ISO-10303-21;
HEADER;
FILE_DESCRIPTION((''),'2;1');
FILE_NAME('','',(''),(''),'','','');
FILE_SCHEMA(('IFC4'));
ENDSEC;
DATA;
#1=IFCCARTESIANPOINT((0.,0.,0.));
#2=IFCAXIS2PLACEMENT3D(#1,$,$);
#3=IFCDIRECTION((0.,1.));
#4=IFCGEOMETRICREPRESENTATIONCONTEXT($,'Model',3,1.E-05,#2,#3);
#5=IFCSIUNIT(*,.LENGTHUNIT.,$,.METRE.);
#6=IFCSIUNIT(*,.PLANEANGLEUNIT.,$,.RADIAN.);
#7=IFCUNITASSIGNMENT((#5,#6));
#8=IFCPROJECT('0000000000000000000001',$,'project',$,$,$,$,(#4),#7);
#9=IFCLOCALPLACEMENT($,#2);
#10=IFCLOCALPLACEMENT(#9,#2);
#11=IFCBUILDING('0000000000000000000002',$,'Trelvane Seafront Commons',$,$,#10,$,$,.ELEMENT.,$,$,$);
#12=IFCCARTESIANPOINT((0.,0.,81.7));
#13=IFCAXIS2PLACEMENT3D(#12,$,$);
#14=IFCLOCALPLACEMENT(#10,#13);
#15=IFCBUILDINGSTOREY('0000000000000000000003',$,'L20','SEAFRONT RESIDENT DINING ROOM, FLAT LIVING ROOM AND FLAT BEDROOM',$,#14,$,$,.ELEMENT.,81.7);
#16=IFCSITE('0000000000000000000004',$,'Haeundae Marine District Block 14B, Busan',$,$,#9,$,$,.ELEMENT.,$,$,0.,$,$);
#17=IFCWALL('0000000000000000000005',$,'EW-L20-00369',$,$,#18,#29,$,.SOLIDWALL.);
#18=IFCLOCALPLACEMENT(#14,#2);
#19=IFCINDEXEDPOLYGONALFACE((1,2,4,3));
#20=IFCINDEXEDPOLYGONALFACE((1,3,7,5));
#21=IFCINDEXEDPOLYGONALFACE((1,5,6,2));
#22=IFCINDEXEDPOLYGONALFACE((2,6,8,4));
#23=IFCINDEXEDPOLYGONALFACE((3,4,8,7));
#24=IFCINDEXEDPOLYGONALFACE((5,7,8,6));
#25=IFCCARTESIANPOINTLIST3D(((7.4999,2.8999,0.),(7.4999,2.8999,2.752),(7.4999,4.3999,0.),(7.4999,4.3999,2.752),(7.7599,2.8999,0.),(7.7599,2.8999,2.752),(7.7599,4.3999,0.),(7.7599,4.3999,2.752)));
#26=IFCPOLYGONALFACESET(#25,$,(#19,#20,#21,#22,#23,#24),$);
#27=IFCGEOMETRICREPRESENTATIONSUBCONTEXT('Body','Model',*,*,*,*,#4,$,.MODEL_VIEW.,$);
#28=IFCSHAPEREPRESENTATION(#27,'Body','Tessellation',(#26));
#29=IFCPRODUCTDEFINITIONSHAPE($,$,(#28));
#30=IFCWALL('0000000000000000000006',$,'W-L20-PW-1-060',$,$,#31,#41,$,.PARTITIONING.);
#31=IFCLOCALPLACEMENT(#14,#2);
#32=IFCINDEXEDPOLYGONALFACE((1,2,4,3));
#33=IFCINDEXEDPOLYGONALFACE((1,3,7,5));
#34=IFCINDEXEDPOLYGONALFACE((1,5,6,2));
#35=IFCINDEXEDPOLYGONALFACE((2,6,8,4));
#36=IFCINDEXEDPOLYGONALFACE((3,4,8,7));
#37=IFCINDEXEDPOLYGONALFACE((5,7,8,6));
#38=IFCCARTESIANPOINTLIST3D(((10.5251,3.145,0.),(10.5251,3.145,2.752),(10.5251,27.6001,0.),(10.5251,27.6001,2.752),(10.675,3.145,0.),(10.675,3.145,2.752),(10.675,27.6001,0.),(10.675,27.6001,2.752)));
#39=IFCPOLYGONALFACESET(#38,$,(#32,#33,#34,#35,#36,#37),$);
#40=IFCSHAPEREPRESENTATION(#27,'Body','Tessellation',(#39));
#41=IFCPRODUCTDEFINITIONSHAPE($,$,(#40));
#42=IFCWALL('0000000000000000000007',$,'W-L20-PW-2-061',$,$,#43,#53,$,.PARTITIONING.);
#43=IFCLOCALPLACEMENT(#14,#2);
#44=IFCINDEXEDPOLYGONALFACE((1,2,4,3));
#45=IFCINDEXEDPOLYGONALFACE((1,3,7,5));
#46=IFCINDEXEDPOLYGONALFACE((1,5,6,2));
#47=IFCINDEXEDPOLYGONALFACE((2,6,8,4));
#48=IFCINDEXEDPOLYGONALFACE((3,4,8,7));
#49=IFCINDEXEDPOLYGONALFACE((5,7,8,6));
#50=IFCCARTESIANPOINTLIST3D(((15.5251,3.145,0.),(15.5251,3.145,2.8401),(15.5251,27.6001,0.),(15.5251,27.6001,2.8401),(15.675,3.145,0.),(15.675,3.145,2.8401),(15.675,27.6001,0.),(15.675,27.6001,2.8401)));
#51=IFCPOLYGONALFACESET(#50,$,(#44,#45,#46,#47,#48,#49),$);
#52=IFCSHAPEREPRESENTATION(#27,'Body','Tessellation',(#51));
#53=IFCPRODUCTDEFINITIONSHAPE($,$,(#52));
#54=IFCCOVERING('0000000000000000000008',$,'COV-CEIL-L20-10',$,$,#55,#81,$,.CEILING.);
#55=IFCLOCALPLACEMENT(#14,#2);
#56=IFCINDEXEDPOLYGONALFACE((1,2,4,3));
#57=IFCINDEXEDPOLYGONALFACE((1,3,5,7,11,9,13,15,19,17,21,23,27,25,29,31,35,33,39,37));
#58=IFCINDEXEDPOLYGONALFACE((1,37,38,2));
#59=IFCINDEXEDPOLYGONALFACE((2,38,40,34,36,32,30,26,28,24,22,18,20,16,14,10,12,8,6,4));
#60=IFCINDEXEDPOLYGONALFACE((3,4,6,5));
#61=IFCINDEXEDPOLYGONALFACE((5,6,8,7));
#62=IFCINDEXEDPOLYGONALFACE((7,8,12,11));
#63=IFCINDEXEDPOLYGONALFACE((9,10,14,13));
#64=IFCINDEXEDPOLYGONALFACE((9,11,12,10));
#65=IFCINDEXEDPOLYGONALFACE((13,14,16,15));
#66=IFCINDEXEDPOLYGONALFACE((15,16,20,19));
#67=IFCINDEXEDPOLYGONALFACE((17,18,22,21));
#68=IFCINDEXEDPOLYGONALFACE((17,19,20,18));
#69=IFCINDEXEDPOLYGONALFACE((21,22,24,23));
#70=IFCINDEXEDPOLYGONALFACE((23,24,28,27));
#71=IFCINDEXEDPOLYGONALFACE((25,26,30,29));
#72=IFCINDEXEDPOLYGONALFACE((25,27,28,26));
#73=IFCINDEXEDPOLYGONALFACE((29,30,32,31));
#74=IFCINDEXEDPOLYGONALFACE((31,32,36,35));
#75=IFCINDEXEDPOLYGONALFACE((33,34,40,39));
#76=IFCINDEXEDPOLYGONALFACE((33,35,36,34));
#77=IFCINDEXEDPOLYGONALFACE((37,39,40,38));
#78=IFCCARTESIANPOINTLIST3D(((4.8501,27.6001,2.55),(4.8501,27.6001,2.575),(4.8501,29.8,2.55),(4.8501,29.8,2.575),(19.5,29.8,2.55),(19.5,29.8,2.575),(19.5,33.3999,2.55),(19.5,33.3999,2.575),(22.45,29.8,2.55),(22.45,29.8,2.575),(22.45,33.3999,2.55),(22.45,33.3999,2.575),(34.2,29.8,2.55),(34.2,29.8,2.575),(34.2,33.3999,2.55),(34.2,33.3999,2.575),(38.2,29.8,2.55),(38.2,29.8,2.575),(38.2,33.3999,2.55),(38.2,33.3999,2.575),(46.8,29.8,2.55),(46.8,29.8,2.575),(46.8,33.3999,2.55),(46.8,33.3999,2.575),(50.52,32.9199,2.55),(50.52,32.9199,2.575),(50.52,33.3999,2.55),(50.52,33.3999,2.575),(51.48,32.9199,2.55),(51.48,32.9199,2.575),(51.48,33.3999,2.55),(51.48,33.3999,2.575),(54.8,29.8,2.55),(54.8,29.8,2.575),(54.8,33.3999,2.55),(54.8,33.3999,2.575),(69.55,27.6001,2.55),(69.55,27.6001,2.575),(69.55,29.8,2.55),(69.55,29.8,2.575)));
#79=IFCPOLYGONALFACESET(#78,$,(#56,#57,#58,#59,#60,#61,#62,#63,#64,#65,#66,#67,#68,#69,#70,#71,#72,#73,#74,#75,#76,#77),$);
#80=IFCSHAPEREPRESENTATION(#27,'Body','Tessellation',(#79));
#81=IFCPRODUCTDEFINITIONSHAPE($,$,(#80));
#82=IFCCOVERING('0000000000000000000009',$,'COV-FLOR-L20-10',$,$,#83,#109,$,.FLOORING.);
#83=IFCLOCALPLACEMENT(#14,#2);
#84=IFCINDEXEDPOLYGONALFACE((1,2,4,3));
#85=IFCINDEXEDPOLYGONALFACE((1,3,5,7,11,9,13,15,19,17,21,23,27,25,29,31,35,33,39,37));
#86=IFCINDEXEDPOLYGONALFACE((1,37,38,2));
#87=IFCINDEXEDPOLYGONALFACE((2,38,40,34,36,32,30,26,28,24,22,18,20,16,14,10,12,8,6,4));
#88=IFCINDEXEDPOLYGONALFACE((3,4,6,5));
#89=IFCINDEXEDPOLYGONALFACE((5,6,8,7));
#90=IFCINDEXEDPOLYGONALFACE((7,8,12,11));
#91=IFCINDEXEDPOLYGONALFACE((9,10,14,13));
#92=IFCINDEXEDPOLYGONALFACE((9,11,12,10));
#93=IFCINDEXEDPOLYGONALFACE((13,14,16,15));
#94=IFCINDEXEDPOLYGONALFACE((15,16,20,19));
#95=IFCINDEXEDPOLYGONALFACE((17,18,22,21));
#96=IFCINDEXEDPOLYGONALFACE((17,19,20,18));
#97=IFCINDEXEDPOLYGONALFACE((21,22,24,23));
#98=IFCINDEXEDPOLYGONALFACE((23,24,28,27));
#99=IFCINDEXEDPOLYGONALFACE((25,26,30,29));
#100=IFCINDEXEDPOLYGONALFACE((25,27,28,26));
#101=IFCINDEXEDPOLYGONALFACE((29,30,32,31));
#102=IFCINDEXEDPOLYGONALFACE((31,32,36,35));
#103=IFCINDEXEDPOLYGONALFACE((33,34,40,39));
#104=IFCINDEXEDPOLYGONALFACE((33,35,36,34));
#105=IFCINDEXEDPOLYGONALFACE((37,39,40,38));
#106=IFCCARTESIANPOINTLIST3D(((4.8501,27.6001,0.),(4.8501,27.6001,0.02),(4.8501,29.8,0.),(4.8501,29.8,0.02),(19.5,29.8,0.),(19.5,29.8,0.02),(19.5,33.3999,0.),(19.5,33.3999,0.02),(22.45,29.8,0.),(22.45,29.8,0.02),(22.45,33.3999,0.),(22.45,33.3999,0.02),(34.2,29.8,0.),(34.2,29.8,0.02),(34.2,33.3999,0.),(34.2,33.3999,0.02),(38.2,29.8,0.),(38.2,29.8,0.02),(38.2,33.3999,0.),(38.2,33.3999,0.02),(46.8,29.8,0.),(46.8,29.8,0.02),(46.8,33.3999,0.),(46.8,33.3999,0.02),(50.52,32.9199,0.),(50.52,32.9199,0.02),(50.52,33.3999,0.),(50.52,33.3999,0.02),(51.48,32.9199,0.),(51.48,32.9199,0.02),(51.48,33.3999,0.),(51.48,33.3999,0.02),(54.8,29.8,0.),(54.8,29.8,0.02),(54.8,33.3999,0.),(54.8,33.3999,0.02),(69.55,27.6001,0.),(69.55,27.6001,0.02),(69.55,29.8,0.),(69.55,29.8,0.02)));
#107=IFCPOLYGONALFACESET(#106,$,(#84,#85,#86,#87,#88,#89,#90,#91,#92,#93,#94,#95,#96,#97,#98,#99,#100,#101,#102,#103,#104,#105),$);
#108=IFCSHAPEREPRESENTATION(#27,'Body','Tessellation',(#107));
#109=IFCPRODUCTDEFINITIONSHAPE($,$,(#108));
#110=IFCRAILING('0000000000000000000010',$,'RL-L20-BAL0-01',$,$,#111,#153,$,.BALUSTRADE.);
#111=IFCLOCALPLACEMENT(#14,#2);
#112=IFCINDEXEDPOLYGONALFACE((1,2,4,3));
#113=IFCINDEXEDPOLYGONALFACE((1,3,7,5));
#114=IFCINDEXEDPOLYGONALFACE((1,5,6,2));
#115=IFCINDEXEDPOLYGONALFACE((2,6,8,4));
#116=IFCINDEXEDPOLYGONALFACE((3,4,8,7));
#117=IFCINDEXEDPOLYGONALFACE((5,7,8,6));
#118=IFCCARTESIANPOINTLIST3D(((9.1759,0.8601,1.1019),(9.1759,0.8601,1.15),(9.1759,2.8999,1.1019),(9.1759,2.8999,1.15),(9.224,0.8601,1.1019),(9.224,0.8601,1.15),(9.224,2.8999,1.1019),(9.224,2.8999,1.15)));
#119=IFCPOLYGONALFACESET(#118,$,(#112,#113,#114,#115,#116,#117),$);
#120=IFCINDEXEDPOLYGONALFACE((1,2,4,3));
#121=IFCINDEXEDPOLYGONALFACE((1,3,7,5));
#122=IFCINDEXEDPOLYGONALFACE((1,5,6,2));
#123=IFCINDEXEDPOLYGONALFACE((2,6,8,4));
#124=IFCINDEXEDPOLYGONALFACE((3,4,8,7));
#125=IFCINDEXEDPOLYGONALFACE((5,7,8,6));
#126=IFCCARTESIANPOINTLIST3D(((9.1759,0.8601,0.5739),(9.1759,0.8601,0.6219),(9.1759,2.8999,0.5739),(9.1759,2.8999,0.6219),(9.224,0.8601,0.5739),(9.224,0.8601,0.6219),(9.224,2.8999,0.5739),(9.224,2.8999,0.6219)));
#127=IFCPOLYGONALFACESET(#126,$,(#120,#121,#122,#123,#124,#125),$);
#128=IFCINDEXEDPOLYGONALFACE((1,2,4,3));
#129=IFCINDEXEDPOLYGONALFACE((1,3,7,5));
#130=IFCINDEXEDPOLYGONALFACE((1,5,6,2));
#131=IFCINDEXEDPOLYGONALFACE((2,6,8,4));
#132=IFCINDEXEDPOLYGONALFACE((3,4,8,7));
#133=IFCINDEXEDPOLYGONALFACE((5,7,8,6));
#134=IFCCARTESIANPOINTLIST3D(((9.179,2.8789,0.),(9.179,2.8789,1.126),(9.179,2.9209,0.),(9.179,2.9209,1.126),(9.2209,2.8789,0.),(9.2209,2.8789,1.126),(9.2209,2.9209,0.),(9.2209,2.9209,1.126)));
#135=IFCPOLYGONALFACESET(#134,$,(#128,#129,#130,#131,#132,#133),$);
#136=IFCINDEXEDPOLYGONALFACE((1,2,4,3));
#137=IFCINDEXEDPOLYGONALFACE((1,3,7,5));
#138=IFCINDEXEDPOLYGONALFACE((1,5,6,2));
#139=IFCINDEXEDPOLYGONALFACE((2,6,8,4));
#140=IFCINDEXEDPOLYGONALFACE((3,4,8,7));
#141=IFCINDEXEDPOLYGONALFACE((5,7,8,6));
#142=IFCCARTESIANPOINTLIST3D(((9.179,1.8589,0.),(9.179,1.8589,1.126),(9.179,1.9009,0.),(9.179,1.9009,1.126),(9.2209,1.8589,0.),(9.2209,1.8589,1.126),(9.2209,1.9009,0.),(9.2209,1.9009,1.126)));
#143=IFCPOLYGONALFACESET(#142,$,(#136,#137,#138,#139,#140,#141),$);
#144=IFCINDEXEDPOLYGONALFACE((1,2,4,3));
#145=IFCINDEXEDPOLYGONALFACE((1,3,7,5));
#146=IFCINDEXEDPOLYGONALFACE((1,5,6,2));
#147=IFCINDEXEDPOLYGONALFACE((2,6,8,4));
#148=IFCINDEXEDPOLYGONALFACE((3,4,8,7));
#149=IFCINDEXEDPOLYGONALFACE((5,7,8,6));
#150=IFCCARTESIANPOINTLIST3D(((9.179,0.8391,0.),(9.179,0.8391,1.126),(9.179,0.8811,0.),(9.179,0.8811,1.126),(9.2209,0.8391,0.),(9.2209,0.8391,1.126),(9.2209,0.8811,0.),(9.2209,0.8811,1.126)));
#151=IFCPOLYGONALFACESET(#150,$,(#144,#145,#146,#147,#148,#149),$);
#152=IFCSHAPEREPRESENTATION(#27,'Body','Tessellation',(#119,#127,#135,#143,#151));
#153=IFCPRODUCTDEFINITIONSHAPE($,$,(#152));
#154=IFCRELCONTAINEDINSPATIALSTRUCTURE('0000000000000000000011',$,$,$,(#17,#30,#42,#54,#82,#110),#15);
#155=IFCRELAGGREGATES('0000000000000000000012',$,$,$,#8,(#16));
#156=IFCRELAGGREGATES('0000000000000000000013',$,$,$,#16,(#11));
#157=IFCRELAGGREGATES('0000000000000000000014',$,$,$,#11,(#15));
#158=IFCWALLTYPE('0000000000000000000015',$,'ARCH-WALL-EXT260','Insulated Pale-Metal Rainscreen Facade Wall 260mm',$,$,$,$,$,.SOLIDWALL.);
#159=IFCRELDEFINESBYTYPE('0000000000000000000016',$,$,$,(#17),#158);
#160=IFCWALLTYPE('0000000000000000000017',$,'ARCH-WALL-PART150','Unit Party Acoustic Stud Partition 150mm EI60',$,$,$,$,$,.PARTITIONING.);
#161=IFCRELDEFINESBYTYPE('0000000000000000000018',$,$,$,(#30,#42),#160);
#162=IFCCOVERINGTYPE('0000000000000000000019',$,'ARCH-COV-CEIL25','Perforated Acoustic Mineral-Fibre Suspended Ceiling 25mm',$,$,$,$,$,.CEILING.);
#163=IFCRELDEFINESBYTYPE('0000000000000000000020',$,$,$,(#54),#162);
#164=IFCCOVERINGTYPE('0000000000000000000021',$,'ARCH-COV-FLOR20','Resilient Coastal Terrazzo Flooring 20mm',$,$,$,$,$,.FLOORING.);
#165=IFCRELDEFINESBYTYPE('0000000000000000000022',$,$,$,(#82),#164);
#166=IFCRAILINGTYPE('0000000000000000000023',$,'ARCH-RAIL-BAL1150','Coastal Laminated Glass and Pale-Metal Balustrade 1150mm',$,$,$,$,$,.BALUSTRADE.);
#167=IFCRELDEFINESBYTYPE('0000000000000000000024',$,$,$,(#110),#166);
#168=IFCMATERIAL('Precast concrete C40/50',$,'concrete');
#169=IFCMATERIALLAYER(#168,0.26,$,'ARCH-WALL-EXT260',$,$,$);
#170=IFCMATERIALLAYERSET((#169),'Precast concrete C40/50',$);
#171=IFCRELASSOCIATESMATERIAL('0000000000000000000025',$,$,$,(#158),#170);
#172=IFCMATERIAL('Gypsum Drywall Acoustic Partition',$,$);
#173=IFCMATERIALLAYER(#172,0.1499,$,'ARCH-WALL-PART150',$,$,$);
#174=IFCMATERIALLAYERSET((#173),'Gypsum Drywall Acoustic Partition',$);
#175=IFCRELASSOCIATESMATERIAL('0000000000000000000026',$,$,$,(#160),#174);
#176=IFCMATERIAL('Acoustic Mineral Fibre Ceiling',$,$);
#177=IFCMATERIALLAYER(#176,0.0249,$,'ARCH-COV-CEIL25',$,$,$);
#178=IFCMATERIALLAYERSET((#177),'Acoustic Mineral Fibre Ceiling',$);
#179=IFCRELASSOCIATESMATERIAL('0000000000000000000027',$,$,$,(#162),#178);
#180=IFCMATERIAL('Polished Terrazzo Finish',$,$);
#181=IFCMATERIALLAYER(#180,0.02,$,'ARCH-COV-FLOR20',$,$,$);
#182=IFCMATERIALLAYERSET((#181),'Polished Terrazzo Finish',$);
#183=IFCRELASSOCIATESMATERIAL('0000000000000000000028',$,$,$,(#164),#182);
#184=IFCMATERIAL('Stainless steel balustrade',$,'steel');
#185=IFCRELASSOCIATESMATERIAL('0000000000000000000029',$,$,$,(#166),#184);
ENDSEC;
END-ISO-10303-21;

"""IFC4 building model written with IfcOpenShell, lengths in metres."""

from ifc_helpers import new_model, si_unit, direction, frame, frame_2d, origin, origin_2d, place, context, subcontext, project, spatial, polyline, rectangle, outline, extrude, material, layer, layer_set, type_object, element, save


model = new_model("IFC4")

# Units and contexts
model_context = context("Model", 3, precision=1e-05, world=origin(), true_north=direction((0.0, 1.0)))
body_context = subcontext(model_context, "Body", "Model", "MODEL_VIEW")
ifc_project = project(units=[si_unit("LENGTHUNIT", "METRE"), si_unit("PLANEANGLEUNIT", "RADIAN")], contexts=[model_context])

# Site, building, storey
site_placement = place(None, origin())
site = spatial("IfcSite", under=ifc_project, at=site_placement, Name="Haeundae Marine District Block 14B, Busan", CompositionType="ELEMENT", RefElevation=0.0)
building_placement = place(site_placement, origin())
building = spatial("IfcBuilding", under=site, at=building_placement, Name="Trelvane Seafront Commons", CompositionType="ELEMENT")
storey_placement = place(building_placement, frame((0.0, 0.0, 81.7)))
storey = spatial("IfcBuildingStorey", under=building, at=storey_placement, Name="L20", Description="SEAFRONT RESIDENT DINING ROOM, FLAT LIVING ROOM AND FLAT BEDROOM", CompositionType="ELEMENT", Elevation=81.7)

# Walls
ifc_material_1 = material(Name="Precast concrete C40/50", Category="concrete")
ifc_layer_1 = layer(ifc_material_1, 0.26, Name="ARCH-WALL-EXT260")
ifc_layer_set_1 = layer_set([ifc_layer_1], Name="Precast concrete C40/50")
wall_type_1 = type_object("IfcWallType", Name="ARCH-WALL-EXT260", Description="Insulated Pale-Metal Rainscreen Facade Wall 260mm", PredefinedType="SOLIDWALL", material=ifc_layer_set_1)
wall_1_placement = place(storey_placement, frame((7.6299, 2.8999, 0.0), z_axis=(0.0, 0.0, 1.0), x_axis=(0.0, 1.0, 0.0)))
element("IfcWall", 1, at=wall_1_placement, inside=storey, type_object=wall_type_1, Name="EW-L20-00369", PredefinedType="SOLIDWALL", context=body_context, shape_type="SweptSolid", body=[
    extrude(rectangle(XDim=1.5, YDim=0.26, at=frame_2d((0.75, 0.0))), origin(), (0.0, 0.0, 1.0), 2.752),
])
ifc_material_2 = material(Name="Gypsum Drywall Acoustic Partition")
ifc_layer_2 = layer(ifc_material_2, 0.1499, Name="ARCH-WALL-PART150")
ifc_layer_set_2 = layer_set([ifc_layer_2], Name="Gypsum Drywall Acoustic Partition")
wall_type_2 = type_object("IfcWallType", Name="ARCH-WALL-PART150", Description="Unit Party Acoustic Stud Partition 150mm EI60", PredefinedType="PARTITIONING", material=ifc_layer_set_2)
wall_2_placement = place(storey_placement, frame((10.6001, 3.145, 0.0), z_axis=(0.0, 0.0, 1.0), x_axis=(0.0, 1.0, 0.0)))
element("IfcWall", 2, at=wall_2_placement, inside=storey, type_object=wall_type_2, Name="W-L20-PW-1-060", PredefinedType="PARTITIONING", context=body_context, shape_type="SweptSolid", body=[
    extrude(rectangle(XDim=24.4551, YDim=0.1499, at=frame_2d((12.2275, 0.0))), origin(), (0.0, 0.0, 1.0), 2.752),
])
wall_3_placement = place(storey_placement, frame((15.6001, 3.145, 0.0), z_axis=(0.0, 0.0, 1.0), x_axis=(0.0, 1.0, 0.0)))
element("IfcWall", 3, at=wall_3_placement, inside=storey, type_object=wall_type_2, Name="W-L20-PW-2-061", PredefinedType="PARTITIONING", context=body_context, shape_type="SweptSolid", body=[
    extrude(rectangle(XDim=24.4551, YDim=0.1499, at=frame_2d((12.2275, 0.0))), origin(), (0.0, 0.0, 1.0), 2.8401),
])

# Coverings
ifc_material_3 = material(Name="Acoustic Mineral Fibre Ceiling")
ifc_layer_3 = layer(ifc_material_3, 0.0249, Name="ARCH-COV-CEIL25")
ifc_layer_set_3 = layer_set([ifc_layer_3], Name="Acoustic Mineral Fibre Ceiling")
covering_type_1 = type_object("IfcCoveringType", Name="ARCH-COV-CEIL25", Description="Perforated Acoustic Mineral-Fibre Suspended Ceiling 25mm", PredefinedType="CEILING", material=ifc_layer_set_3)
covering_1_placement = place(storey_placement, frame((0.0, 0.0, 2.55)))
element("IfcCovering", 4, at=covering_1_placement, inside=storey, type_object=covering_type_1, Name="COV-CEIL-L20-10", PredefinedType="CEILING", context=body_context, shape_type="SweptSolid", body=[
    extrude(outline(polyline([(51.48, 33.3999), (51.48, 32.9199), (50.52, 32.9199), (50.52, 33.3999), (46.8, 33.3999), (46.8, 29.8), (38.2, 29.8), (38.2, 33.3999), (34.2, 33.3999), (34.2, 29.8), (22.45, 29.8), (22.45, 33.3999), (19.5, 33.3999), (19.5, 29.8), (4.8501, 29.8), (4.8501, 27.6001), (69.55, 27.6001), (69.55, 29.8), (54.8, 29.8), (54.8, 33.3999), (51.48, 33.3999)])), origin(), (0.0, 0.0, 1.0), 0.0249),
])
ifc_material_4 = material(Name="Polished Terrazzo Finish")
ifc_layer_4 = layer(ifc_material_4, 0.02, Name="ARCH-COV-FLOR20")
ifc_layer_set_4 = layer_set([ifc_layer_4], Name="Polished Terrazzo Finish")
covering_type_2 = type_object("IfcCoveringType", Name="ARCH-COV-FLOR20", Description="Resilient Coastal Terrazzo Flooring 20mm", PredefinedType="FLOORING", material=ifc_layer_set_4)
covering_2_placement = place(storey_placement, origin())
element("IfcCovering", 5, at=covering_2_placement, inside=storey, type_object=covering_type_2, Name="COV-FLOR-L20-10", PredefinedType="FLOORING", context=body_context, shape_type="SweptSolid", body=[
    extrude(outline(polyline([(51.48, 33.3999), (51.48, 32.9199), (50.52, 32.9199), (50.52, 33.3999), (46.8, 33.3999), (46.8, 29.8), (38.2, 29.8), (38.2, 33.3999), (34.2, 33.3999), (34.2, 29.8), (22.45, 29.8), (22.45, 33.3999), (19.5, 33.3999), (19.5, 29.8), (4.8501, 29.8), (4.8501, 27.6001), (69.55, 27.6001), (69.55, 29.8), (54.8, 29.8), (54.8, 33.3999), (51.48, 33.3999)])), origin(), (0.0, 0.0, 1.0), 0.02),
])

# Railing
ifc_material_5 = material(Name="Stainless steel balustrade", Category="steel")
railing_type = type_object("IfcRailingType", Name="ARCH-RAIL-BAL1150", Description="Coastal Laminated Glass and Pale-Metal Balustrade 1150mm", PredefinedType="BALUSTRADE", material=ifc_material_5)
railing_1_placement = place(storey_placement, frame((9.2, 2.8999, 0.0)))
element("IfcRailing", 6, at=railing_1_placement, inside=storey, type_object=railing_type, Name="RL-L20-BAL0-01", PredefinedType="BALUSTRADE", context=body_context, shape_type="SweptSolid", body=[
    extrude(rectangle(XDim=0.0481, YDim=0.0481, at=origin_2d()), frame((0.0, 0.0, 1.126), z_axis=(0.0, -1.0, 0.0), x_axis=(1.0, 0.0, 0.0)), (0.0, 0.0, 1.0), 2.0398),
    extrude(rectangle(XDim=0.0481, YDim=0.0481, at=origin_2d()), frame((0.0, 0.0, 0.5979), z_axis=(0.0, -1.0, 0.0), x_axis=(1.0, 0.0, 0.0)), (0.0, 0.0, 1.0), 2.0398),
    extrude(rectangle(XDim=0.042, YDim=0.042, at=origin_2d()), origin(), (0.0, 0.0, 1.0), 1.126),
    extrude(rectangle(XDim=0.042, YDim=0.042, at=origin_2d()), frame((0.0, -1.02, 0.0)), (0.0, 0.0, 1.0), 1.126),
    extrude(rectangle(XDim=0.042, YDim=0.042, at=origin_2d()), frame((0.0, -2.0398, 0.0)), (0.0, 0.0, 1.0), 1.126),
])

save(model, "model.ifc")
